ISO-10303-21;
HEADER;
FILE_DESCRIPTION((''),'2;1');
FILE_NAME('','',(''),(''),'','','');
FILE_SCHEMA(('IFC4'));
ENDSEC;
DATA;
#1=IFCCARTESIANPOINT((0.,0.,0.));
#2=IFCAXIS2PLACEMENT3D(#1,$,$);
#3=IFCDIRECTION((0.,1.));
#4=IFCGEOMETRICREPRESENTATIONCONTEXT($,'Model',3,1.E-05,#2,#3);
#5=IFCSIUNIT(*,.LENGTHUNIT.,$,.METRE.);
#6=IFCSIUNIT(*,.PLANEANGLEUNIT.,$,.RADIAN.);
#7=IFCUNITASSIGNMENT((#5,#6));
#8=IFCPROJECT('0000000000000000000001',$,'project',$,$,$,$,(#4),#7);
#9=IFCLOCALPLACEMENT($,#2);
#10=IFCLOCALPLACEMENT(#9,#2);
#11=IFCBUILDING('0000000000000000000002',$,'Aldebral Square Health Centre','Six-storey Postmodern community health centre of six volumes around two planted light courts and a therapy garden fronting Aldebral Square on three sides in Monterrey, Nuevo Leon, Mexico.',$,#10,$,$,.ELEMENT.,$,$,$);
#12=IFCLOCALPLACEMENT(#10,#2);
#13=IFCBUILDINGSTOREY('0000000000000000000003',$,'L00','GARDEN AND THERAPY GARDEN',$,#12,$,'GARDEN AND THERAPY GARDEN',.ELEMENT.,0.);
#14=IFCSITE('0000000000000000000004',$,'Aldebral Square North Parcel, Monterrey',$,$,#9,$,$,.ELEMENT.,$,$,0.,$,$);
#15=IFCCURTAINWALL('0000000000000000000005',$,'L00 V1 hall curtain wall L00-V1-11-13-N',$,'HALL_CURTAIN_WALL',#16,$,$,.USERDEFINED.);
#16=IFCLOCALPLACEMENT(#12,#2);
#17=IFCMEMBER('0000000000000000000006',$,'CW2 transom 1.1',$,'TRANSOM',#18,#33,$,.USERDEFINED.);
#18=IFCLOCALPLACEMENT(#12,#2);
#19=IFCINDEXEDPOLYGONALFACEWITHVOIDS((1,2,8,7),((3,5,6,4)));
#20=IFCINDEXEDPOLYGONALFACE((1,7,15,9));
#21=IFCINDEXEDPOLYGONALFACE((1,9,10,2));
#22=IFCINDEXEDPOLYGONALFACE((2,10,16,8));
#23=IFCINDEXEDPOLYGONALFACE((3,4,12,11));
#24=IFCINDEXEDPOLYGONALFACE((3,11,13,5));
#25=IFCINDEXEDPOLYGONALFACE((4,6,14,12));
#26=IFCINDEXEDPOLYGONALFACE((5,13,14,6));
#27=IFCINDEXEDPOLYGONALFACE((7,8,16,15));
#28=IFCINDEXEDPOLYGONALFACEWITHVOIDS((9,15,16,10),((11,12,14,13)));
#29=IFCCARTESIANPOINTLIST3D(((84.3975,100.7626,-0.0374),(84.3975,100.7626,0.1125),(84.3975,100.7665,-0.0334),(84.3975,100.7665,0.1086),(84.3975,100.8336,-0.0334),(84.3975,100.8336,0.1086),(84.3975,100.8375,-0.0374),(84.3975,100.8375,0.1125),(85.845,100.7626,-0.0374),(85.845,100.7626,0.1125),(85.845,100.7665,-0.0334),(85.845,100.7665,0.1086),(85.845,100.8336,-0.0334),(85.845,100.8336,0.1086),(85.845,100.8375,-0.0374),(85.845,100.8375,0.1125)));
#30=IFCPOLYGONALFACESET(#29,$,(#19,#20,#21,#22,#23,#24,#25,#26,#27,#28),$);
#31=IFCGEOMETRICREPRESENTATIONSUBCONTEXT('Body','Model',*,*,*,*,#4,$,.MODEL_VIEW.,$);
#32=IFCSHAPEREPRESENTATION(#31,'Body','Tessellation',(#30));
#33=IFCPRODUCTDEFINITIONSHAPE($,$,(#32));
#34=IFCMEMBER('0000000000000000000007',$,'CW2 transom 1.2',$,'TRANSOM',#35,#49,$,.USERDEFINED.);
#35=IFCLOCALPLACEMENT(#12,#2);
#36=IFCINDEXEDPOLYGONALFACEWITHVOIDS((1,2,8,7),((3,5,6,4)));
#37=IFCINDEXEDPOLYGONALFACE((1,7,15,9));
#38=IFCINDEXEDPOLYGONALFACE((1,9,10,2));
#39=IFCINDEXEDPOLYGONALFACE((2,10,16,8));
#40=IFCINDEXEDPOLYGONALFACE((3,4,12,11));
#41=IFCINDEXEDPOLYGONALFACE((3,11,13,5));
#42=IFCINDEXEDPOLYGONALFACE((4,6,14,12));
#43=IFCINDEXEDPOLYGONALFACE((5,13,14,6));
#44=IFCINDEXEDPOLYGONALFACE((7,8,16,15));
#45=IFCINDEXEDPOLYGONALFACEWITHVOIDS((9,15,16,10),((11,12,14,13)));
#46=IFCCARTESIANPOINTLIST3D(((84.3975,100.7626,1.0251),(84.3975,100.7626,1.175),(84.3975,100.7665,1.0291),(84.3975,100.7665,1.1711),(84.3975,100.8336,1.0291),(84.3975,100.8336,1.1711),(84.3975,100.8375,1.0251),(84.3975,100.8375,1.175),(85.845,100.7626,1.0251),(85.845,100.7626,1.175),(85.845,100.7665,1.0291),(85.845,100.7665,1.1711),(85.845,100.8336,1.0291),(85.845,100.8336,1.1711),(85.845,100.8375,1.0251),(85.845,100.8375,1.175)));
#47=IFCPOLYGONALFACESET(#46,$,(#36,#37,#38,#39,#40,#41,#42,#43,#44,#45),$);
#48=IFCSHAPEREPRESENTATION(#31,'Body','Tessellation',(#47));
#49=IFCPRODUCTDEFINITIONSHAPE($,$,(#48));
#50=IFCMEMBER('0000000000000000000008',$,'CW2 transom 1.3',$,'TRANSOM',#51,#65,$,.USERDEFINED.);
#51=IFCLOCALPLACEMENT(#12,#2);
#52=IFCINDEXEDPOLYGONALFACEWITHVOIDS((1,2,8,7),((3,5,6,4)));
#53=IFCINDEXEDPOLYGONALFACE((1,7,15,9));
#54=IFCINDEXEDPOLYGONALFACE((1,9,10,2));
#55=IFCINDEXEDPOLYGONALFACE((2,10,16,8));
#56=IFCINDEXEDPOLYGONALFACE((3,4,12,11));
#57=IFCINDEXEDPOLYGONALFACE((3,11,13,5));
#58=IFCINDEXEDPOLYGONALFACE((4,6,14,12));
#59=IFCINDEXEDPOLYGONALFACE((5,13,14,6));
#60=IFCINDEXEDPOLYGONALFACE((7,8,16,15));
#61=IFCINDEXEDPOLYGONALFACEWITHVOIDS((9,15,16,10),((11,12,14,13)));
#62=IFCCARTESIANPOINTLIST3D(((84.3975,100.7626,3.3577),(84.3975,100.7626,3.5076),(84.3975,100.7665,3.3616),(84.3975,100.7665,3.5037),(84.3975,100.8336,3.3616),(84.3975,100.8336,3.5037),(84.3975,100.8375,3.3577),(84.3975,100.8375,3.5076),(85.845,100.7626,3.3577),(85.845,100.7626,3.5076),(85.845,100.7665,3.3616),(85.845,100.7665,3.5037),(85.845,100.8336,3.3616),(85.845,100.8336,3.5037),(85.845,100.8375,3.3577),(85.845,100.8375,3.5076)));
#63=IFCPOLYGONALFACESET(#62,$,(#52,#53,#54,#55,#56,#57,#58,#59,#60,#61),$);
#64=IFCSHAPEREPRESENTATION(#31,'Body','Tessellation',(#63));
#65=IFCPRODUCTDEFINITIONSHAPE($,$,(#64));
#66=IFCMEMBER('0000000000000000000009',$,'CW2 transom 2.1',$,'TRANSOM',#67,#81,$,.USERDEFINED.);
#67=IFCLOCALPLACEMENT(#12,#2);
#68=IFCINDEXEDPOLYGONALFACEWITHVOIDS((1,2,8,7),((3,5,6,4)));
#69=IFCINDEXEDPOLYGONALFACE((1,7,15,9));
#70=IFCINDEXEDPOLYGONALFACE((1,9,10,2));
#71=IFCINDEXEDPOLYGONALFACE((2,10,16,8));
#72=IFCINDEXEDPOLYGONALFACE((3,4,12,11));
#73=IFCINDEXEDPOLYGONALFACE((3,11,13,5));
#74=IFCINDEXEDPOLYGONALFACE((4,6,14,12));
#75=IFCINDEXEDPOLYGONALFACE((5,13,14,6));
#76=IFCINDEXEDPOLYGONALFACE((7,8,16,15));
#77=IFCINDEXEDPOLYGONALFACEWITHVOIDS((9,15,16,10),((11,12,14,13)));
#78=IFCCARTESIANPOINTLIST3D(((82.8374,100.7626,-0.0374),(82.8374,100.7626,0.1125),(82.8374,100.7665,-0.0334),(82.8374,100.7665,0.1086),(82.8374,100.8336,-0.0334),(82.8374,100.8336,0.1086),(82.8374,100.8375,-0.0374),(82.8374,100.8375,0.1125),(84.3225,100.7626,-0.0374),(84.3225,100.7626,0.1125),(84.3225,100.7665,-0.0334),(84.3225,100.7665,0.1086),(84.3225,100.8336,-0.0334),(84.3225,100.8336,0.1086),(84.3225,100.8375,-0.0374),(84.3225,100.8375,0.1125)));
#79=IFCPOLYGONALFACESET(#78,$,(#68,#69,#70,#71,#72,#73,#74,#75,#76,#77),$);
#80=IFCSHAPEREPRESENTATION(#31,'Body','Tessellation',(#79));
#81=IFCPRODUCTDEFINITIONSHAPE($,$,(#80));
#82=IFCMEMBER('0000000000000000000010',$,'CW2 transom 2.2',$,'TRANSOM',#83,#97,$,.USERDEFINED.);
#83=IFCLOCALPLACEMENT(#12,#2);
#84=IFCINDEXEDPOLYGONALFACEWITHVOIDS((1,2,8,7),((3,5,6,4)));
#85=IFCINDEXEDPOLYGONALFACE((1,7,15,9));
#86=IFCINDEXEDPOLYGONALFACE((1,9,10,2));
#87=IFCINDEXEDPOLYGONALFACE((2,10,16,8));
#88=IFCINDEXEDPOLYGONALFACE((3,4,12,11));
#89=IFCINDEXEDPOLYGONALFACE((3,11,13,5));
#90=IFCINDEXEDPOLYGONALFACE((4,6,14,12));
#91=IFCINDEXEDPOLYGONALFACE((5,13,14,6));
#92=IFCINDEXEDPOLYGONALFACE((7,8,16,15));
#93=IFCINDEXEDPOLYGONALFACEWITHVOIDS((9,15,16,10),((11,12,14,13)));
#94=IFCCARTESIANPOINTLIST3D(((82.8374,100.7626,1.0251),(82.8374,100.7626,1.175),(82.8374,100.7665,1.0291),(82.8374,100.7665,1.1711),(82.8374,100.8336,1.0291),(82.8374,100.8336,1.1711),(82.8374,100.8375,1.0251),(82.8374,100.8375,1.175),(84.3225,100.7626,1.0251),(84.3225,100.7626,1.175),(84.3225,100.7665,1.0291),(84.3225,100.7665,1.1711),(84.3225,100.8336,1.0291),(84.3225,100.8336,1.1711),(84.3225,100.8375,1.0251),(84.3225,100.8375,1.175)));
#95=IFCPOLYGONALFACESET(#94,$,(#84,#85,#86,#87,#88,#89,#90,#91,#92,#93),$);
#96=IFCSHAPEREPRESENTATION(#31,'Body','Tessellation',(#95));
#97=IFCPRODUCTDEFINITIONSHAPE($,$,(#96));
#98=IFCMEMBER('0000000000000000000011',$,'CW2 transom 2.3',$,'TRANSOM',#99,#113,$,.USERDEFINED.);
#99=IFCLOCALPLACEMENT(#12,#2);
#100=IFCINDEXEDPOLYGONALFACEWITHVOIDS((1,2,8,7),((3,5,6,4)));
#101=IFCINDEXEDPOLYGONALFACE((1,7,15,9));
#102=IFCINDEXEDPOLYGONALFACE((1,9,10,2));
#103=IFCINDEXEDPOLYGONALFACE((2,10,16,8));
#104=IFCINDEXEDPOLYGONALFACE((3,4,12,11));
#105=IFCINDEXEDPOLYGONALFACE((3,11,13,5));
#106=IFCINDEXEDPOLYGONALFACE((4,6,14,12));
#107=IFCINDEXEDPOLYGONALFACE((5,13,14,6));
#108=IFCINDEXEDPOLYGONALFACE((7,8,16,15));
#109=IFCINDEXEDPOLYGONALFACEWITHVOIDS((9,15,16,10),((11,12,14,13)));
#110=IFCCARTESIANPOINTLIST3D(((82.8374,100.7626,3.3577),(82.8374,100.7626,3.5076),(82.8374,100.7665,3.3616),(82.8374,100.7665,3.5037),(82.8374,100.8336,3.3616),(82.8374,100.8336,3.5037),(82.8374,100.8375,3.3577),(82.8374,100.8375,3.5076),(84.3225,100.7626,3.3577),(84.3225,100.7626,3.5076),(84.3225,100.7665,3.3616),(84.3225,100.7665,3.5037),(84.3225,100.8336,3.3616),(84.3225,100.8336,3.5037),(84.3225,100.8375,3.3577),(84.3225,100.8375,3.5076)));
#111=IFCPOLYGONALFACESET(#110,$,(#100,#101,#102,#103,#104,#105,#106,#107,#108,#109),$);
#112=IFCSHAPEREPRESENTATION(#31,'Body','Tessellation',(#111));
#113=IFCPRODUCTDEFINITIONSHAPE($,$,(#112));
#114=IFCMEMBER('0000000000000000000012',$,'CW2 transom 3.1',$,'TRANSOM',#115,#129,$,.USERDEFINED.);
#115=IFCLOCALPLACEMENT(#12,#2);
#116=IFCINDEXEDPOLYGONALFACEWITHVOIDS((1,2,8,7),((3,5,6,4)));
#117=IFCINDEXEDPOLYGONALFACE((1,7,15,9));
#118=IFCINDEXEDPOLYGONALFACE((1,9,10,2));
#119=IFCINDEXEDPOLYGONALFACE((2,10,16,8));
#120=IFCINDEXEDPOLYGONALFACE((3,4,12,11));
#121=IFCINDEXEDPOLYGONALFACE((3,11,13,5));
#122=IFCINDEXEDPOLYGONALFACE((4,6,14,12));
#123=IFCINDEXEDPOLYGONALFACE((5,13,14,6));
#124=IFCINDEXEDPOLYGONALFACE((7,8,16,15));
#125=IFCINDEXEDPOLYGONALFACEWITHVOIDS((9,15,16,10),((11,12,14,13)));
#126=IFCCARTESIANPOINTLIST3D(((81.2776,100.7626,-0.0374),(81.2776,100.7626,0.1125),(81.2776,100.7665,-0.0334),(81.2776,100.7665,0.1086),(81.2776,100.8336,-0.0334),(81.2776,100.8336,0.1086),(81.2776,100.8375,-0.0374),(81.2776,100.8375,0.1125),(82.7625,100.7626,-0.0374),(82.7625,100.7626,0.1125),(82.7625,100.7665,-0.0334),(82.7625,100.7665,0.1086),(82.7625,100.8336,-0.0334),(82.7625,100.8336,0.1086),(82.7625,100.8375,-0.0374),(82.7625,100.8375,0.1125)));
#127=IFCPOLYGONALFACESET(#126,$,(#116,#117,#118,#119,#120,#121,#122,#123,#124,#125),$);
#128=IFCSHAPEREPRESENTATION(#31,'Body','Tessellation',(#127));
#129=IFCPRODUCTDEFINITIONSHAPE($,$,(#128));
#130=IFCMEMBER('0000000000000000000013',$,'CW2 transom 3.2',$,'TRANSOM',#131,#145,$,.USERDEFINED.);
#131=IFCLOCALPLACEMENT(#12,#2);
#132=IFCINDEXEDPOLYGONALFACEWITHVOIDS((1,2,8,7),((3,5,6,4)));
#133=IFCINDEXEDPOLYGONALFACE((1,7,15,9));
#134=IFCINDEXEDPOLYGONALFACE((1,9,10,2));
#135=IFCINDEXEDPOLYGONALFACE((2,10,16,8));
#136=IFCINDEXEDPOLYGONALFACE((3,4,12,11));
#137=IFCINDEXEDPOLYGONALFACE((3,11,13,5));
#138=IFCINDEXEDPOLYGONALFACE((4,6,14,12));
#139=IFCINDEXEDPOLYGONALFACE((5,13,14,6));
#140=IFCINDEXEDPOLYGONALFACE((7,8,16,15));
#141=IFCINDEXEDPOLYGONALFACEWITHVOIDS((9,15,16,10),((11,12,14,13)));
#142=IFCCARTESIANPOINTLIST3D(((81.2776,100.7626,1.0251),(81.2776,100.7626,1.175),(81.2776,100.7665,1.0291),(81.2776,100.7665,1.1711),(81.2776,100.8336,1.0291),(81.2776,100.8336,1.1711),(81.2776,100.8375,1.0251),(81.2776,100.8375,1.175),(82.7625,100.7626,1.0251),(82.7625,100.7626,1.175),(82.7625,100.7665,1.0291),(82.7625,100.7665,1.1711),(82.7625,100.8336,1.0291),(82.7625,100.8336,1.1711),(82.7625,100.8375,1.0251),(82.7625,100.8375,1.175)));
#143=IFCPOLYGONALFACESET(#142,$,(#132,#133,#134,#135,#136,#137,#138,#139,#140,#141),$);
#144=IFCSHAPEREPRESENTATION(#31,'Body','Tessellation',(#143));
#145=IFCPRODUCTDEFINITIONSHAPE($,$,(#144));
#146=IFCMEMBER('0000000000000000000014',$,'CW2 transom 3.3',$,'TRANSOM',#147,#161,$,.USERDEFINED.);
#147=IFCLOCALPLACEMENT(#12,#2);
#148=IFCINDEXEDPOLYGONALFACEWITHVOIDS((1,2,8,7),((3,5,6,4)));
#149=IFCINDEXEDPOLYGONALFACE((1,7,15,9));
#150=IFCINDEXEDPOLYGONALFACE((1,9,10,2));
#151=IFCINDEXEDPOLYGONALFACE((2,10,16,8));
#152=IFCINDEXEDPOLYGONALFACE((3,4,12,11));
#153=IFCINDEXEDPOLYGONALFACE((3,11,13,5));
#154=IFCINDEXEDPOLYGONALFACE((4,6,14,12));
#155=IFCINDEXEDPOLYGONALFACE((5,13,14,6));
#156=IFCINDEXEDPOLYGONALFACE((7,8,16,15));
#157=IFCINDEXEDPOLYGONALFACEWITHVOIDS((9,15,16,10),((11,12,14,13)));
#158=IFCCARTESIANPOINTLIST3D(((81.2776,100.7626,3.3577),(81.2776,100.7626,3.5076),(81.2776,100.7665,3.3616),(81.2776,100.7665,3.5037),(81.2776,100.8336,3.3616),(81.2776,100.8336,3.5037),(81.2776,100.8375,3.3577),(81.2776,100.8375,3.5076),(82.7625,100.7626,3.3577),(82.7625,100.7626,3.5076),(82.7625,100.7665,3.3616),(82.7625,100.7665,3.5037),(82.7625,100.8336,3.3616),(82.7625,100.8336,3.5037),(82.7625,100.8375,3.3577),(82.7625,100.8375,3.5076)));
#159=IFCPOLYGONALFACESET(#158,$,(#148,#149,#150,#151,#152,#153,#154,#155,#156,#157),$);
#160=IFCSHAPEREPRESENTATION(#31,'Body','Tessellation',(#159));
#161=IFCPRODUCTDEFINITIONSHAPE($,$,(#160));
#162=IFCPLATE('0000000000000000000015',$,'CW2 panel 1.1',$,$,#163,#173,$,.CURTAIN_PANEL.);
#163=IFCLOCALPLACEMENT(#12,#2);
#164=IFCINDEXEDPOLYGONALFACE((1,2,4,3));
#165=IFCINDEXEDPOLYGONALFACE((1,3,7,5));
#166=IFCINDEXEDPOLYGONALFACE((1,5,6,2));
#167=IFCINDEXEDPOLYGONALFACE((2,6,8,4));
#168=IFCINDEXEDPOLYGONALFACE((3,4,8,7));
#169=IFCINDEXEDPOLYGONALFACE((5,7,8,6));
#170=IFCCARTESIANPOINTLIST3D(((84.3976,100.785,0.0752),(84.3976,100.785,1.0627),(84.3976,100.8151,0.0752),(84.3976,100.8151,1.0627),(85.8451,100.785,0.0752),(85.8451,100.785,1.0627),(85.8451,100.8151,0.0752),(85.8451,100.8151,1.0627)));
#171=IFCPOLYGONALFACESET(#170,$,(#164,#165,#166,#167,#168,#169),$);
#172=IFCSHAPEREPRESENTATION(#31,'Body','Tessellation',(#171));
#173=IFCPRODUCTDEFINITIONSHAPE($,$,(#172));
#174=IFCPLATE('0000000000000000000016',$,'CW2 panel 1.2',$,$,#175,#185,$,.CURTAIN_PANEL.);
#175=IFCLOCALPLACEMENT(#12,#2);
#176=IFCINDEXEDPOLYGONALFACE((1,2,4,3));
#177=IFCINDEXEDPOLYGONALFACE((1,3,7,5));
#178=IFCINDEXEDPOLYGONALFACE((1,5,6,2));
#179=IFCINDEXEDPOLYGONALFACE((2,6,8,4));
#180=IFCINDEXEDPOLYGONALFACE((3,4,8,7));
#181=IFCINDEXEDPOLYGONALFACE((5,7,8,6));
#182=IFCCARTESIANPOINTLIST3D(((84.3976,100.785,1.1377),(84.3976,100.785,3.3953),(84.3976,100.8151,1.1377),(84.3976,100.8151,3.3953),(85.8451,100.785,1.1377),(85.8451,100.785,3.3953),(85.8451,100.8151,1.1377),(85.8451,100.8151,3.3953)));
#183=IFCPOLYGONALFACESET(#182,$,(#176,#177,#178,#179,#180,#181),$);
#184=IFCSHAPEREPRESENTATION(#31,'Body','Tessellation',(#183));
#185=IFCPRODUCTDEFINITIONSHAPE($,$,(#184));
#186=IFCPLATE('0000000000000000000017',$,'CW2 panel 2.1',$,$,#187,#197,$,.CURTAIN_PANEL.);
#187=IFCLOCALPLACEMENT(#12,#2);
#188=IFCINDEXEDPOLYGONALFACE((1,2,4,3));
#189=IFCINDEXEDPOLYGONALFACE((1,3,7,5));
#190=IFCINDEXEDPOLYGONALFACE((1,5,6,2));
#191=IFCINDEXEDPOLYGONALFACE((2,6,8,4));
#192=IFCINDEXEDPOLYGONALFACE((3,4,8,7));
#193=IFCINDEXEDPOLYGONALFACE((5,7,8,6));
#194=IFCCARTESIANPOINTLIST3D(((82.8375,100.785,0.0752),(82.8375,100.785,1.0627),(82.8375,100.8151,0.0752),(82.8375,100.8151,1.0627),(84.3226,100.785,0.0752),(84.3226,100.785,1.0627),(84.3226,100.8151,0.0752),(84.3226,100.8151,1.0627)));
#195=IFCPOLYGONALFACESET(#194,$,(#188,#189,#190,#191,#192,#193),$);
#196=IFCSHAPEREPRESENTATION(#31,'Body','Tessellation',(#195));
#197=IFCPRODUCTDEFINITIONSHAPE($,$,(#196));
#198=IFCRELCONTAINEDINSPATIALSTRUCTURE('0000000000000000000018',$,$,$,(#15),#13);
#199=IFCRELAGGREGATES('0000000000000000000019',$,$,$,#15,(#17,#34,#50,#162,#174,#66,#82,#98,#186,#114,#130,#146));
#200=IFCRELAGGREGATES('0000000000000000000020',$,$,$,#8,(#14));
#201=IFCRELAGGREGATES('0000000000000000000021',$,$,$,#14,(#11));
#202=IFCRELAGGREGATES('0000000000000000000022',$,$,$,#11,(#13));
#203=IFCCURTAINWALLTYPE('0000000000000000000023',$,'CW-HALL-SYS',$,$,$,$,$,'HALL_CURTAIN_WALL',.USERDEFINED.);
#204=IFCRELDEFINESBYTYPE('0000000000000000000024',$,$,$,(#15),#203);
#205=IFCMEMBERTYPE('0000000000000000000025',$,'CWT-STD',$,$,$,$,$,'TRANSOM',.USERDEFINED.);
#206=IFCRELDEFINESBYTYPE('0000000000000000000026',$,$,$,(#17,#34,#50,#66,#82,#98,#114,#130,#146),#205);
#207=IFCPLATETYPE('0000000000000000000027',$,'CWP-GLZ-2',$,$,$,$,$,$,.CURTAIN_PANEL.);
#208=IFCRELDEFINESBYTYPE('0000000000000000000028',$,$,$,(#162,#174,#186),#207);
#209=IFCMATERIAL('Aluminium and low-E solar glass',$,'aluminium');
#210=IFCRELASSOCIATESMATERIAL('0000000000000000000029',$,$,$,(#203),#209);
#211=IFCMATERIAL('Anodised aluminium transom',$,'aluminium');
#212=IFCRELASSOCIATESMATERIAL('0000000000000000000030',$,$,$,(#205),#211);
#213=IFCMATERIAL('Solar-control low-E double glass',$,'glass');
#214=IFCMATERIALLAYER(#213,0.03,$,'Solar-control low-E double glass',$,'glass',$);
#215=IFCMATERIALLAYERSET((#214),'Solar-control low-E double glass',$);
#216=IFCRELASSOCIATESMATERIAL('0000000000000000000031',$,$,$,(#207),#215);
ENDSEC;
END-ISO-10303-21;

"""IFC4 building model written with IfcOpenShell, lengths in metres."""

from ifc_helpers import new_model, si_unit, direction, frame, origin, origin_2d, place, context, subcontext, project, spatial, rectangle, hollow_rectangle, extrude, material, layer, layer_set, material_profile, profile_set, type_object, element, aggregate, save


model = new_model("IFC4")

# Units and contexts
model_context = context("Model", 3, precision=1e-05, world=origin(), true_north=direction((0.0, 1.0)))
body_context = subcontext(model_context, "Body", "Model", "MODEL_VIEW")
ifc_project = project(units=[si_unit("LENGTHUNIT", "METRE"), si_unit("PLANEANGLEUNIT", "RADIAN")], contexts=[model_context])

# Site, building, storey
site_placement = place(None, origin())
site = spatial("IfcSite", under=ifc_project, at=site_placement, Name="Aldebral Square North Parcel, Monterrey", CompositionType="ELEMENT", RefElevation=0.0)
building_placement = place(site_placement, origin())
building = spatial("IfcBuilding", under=site, at=building_placement, Name="Aldebral Square Health Centre", Description="Six-storey Postmodern community health centre of six volumes around two planted light courts and a therapy garden fronting Aldebral Square on three sides in Monterrey, Nuevo Leon, Mexico.", CompositionType="ELEMENT")
storey_placement = place(building_placement, origin())
storey = spatial("IfcBuildingStorey", under=building, at=storey_placement, Name="L00", Description="GARDEN AND THERAPY GARDEN", LongName="GARDEN AND THERAPY GARDEN", CompositionType="ELEMENT", Elevation=0.0)

# Curtain wall
ifc_material_1 = material(Name="Aluminium and low-E solar glass", Category="aluminium")
curtain_wall_type = type_object("IfcCurtainWallType", Name="CW-HALL-SYS", ElementType="HALL_CURTAIN_WALL", PredefinedType="USERDEFINED", material=ifc_material_1)
curtain_wall_1_placement = place(storey_placement, origin())
curtain_wall_1 = element("IfcCurtainWall", 1, at=curtain_wall_1_placement, inside=storey, type_object=curtain_wall_type, Name="L00 V1 hall curtain wall L00-V1-11-13-N", ObjectType="HALL_CURTAIN_WALL", PredefinedType="USERDEFINED")

# Members
ifc_material_2 = material(Name="Anodised aluminium transom", Category="aluminium")
ifc_material_profile_1 = material_profile(ifc_material_2, hollow_rectangle(XDim=0.075, YDim=0.1499, WallThickness=0.0039, at=origin_2d()), Name="CWT 75x150x4")
ifc_profile_set_1 = profile_set([ifc_material_profile_1], Name="Anodised aluminium transom")
member_type_1 = type_object("IfcMemberType", Name="CWT-STD", ElementType="TRANSOM", PredefinedType="USERDEFINED", material=ifc_profile_set_1)
member_1_placement = place(storey_placement, frame((85.845, 100.8, 0.0376), z_axis=(-1.0, 0.0, 0.0), x_axis=(0.0, -1.0, 0.0)))
member_1 = element("IfcMember", 2, at=member_1_placement, type_object=member_type_1, Name="CW2 transom 1.1", ObjectType="TRANSOM", PredefinedType="USERDEFINED", context=body_context, shape_type="SweptSolid", body=[
    extrude(hollow_rectangle(XDim=0.075, YDim=0.1499, WallThickness=0.0039, at=origin_2d()), origin(), (0.0, 0.0, 1.0), 1.4475),
])
member_2_placement = place(storey_placement, frame((85.845, 100.8, 1.1001), z_axis=(-1.0, 0.0, 0.0), x_axis=(0.0, -1.0, 0.0)))
member_2 = element("IfcMember", 3, at=member_2_placement, type_object=member_type_1, Name="CW2 transom 1.2", ObjectType="TRANSOM", PredefinedType="USERDEFINED", context=body_context, shape_type="SweptSolid", body=[
    extrude(hollow_rectangle(XDim=0.075, YDim=0.1499, WallThickness=0.0039, at=origin_2d()), origin(), (0.0, 0.0, 1.0), 1.4475),
])
member_3_placement = place(storey_placement, frame((85.845, 100.8, 3.4326), z_axis=(-1.0, 0.0, 0.0), x_axis=(0.0, -1.0, 0.0)))
member_3 = element("IfcMember", 4, at=member_3_placement, type_object=member_type_1, Name="CW2 transom 1.3", ObjectType="TRANSOM", PredefinedType="USERDEFINED", context=body_context, shape_type="SweptSolid", body=[
    extrude(hollow_rectangle(XDim=0.075, YDim=0.1499, WallThickness=0.0039, at=origin_2d()), origin(), (0.0, 0.0, 1.0), 1.4475),
])
member_4_placement = place(storey_placement, frame((84.3225, 100.8, 0.0376), z_axis=(-1.0, 0.0, 0.0), x_axis=(0.0, -1.0, 0.0)))
member_4 = element("IfcMember", 5, at=member_4_placement, type_object=member_type_1, Name="CW2 transom 2.1", ObjectType="TRANSOM", PredefinedType="USERDEFINED", context=body_context, shape_type="SweptSolid", body=[
    extrude(hollow_rectangle(XDim=0.075, YDim=0.1499, WallThickness=0.0039, at=origin_2d()), origin(), (0.0, 0.0, 1.0), 1.4851),
])
member_5_placement = place(storey_placement, frame((84.3225, 100.8, 1.1001), z_axis=(-1.0, 0.0, 0.0), x_axis=(0.0, -1.0, 0.0)))
member_5 = element("IfcMember", 6, at=member_5_placement, type_object=member_type_1, Name="CW2 transom 2.2", ObjectType="TRANSOM", PredefinedType="USERDEFINED", context=body_context, shape_type="SweptSolid", body=[
    extrude(hollow_rectangle(XDim=0.075, YDim=0.1499, WallThickness=0.0039, at=origin_2d()), origin(), (0.0, 0.0, 1.0), 1.4851),
])
member_6_placement = place(storey_placement, frame((84.3225, 100.8, 3.4326), z_axis=(-1.0, 0.0, 0.0), x_axis=(0.0, -1.0, 0.0)))
member_6 = element("IfcMember", 7, at=member_6_placement, type_object=member_type_1, Name="CW2 transom 2.3", ObjectType="TRANSOM", PredefinedType="USERDEFINED", context=body_context, shape_type="SweptSolid", body=[
    extrude(hollow_rectangle(XDim=0.075, YDim=0.1499, WallThickness=0.0039, at=origin_2d()), origin(), (0.0, 0.0, 1.0), 1.4851),
])
member_7_placement = place(storey_placement, frame((82.7625, 100.8, 0.0376), z_axis=(-1.0, 0.0, 0.0), x_axis=(0.0, -1.0, 0.0)))
member_7 = element("IfcMember", 8, at=member_7_placement, type_object=member_type_1, Name="CW2 transom 3.1", ObjectType="TRANSOM", PredefinedType="USERDEFINED", context=body_context, shape_type="SweptSolid", body=[
    extrude(hollow_rectangle(XDim=0.075, YDim=0.1499, WallThickness=0.0039, at=origin_2d()), origin(), (0.0, 0.0, 1.0), 1.4849),
])
member_8_placement = place(storey_placement, frame((82.7625, 100.8, 1.1001), z_axis=(-1.0, 0.0, 0.0), x_axis=(0.0, -1.0, 0.0)))
member_8 = element("IfcMember", 9, at=member_8_placement, type_object=member_type_1, Name="CW2 transom 3.2", ObjectType="TRANSOM", PredefinedType="USERDEFINED", context=body_context, shape_type="SweptSolid", body=[
    extrude(hollow_rectangle(XDim=0.075, YDim=0.1499, WallThickness=0.0039, at=origin_2d()), origin(), (0.0, 0.0, 1.0), 1.4849),
])
member_9_placement = place(storey_placement, frame((82.7625, 100.8, 3.4326), z_axis=(-1.0, 0.0, 0.0), x_axis=(0.0, -1.0, 0.0)))
member_9 = element("IfcMember", 10, at=member_9_placement, type_object=member_type_1, Name="CW2 transom 3.3", ObjectType="TRANSOM", PredefinedType="USERDEFINED", context=body_context, shape_type="SweptSolid", body=[
    extrude(hollow_rectangle(XDim=0.075, YDim=0.1499, WallThickness=0.0039, at=origin_2d()), origin(), (0.0, 0.0, 1.0), 1.4849),
])

# Plates
ifc_material_3 = material(Name="Solar-control low-E double glass", Category="glass")
ifc_layer_1 = layer(ifc_material_3, 0.03, Name="Solar-control low-E double glass", Category="glass")
ifc_layer_set_1 = layer_set([ifc_layer_1], Name="Solar-control low-E double glass")
plate_type = type_object("IfcPlateType", Name="CWP-GLZ-2", PredefinedType="CURTAIN_PANEL", material=ifc_layer_set_1)
plate_1_placement = place(storey_placement, frame((85.1213, 100.8, 0.0752), z_axis=(0.0, 0.0, 1.0), x_axis=(-1.0, 0.0, 0.0)))
plate_1 = element("IfcPlate", 11, at=plate_1_placement, type_object=plate_type, Name="CW2 panel 1.1", PredefinedType="CURTAIN_PANEL", context=body_context, shape_type="SweptSolid", body=[
    extrude(rectangle(XDim=1.4475, YDim=0.03, at=origin_2d()), origin(), (0.0, 0.0, 1.0), 0.9875),
])
plate_2_placement = place(storey_placement, frame((85.1213, 100.8, 1.1377), z_axis=(0.0, 0.0, 1.0), x_axis=(-1.0, 0.0, 0.0)))
plate_2 = element("IfcPlate", 12, at=plate_2_placement, type_object=plate_type, Name="CW2 panel 1.2", PredefinedType="CURTAIN_PANEL", context=body_context, shape_type="SweptSolid", body=[
    extrude(rectangle(XDim=1.4475, YDim=0.03, at=origin_2d()), origin(), (0.0, 0.0, 1.0), 2.2576),
])
plate_3_placement = place(storey_placement, frame((83.5801, 100.8, 0.0752), z_axis=(0.0, 0.0, 1.0), x_axis=(-1.0, 0.0, 0.0)))
plate_3 = element("IfcPlate", 13, at=plate_3_placement, type_object=plate_type, Name="CW2 panel 2.1", PredefinedType="CURTAIN_PANEL", context=body_context, shape_type="SweptSolid", body=[
    extrude(rectangle(XDim=1.4851, YDim=0.03, at=origin_2d()), origin(), (0.0, 0.0, 1.0), 0.9875),
])
aggregate(curtain_wall_1, [member_1, member_2, member_3, plate_1, plate_2, member_4, member_5, member_6, plate_3, member_7, member_8, member_9])

save(model, "model.ifc")
